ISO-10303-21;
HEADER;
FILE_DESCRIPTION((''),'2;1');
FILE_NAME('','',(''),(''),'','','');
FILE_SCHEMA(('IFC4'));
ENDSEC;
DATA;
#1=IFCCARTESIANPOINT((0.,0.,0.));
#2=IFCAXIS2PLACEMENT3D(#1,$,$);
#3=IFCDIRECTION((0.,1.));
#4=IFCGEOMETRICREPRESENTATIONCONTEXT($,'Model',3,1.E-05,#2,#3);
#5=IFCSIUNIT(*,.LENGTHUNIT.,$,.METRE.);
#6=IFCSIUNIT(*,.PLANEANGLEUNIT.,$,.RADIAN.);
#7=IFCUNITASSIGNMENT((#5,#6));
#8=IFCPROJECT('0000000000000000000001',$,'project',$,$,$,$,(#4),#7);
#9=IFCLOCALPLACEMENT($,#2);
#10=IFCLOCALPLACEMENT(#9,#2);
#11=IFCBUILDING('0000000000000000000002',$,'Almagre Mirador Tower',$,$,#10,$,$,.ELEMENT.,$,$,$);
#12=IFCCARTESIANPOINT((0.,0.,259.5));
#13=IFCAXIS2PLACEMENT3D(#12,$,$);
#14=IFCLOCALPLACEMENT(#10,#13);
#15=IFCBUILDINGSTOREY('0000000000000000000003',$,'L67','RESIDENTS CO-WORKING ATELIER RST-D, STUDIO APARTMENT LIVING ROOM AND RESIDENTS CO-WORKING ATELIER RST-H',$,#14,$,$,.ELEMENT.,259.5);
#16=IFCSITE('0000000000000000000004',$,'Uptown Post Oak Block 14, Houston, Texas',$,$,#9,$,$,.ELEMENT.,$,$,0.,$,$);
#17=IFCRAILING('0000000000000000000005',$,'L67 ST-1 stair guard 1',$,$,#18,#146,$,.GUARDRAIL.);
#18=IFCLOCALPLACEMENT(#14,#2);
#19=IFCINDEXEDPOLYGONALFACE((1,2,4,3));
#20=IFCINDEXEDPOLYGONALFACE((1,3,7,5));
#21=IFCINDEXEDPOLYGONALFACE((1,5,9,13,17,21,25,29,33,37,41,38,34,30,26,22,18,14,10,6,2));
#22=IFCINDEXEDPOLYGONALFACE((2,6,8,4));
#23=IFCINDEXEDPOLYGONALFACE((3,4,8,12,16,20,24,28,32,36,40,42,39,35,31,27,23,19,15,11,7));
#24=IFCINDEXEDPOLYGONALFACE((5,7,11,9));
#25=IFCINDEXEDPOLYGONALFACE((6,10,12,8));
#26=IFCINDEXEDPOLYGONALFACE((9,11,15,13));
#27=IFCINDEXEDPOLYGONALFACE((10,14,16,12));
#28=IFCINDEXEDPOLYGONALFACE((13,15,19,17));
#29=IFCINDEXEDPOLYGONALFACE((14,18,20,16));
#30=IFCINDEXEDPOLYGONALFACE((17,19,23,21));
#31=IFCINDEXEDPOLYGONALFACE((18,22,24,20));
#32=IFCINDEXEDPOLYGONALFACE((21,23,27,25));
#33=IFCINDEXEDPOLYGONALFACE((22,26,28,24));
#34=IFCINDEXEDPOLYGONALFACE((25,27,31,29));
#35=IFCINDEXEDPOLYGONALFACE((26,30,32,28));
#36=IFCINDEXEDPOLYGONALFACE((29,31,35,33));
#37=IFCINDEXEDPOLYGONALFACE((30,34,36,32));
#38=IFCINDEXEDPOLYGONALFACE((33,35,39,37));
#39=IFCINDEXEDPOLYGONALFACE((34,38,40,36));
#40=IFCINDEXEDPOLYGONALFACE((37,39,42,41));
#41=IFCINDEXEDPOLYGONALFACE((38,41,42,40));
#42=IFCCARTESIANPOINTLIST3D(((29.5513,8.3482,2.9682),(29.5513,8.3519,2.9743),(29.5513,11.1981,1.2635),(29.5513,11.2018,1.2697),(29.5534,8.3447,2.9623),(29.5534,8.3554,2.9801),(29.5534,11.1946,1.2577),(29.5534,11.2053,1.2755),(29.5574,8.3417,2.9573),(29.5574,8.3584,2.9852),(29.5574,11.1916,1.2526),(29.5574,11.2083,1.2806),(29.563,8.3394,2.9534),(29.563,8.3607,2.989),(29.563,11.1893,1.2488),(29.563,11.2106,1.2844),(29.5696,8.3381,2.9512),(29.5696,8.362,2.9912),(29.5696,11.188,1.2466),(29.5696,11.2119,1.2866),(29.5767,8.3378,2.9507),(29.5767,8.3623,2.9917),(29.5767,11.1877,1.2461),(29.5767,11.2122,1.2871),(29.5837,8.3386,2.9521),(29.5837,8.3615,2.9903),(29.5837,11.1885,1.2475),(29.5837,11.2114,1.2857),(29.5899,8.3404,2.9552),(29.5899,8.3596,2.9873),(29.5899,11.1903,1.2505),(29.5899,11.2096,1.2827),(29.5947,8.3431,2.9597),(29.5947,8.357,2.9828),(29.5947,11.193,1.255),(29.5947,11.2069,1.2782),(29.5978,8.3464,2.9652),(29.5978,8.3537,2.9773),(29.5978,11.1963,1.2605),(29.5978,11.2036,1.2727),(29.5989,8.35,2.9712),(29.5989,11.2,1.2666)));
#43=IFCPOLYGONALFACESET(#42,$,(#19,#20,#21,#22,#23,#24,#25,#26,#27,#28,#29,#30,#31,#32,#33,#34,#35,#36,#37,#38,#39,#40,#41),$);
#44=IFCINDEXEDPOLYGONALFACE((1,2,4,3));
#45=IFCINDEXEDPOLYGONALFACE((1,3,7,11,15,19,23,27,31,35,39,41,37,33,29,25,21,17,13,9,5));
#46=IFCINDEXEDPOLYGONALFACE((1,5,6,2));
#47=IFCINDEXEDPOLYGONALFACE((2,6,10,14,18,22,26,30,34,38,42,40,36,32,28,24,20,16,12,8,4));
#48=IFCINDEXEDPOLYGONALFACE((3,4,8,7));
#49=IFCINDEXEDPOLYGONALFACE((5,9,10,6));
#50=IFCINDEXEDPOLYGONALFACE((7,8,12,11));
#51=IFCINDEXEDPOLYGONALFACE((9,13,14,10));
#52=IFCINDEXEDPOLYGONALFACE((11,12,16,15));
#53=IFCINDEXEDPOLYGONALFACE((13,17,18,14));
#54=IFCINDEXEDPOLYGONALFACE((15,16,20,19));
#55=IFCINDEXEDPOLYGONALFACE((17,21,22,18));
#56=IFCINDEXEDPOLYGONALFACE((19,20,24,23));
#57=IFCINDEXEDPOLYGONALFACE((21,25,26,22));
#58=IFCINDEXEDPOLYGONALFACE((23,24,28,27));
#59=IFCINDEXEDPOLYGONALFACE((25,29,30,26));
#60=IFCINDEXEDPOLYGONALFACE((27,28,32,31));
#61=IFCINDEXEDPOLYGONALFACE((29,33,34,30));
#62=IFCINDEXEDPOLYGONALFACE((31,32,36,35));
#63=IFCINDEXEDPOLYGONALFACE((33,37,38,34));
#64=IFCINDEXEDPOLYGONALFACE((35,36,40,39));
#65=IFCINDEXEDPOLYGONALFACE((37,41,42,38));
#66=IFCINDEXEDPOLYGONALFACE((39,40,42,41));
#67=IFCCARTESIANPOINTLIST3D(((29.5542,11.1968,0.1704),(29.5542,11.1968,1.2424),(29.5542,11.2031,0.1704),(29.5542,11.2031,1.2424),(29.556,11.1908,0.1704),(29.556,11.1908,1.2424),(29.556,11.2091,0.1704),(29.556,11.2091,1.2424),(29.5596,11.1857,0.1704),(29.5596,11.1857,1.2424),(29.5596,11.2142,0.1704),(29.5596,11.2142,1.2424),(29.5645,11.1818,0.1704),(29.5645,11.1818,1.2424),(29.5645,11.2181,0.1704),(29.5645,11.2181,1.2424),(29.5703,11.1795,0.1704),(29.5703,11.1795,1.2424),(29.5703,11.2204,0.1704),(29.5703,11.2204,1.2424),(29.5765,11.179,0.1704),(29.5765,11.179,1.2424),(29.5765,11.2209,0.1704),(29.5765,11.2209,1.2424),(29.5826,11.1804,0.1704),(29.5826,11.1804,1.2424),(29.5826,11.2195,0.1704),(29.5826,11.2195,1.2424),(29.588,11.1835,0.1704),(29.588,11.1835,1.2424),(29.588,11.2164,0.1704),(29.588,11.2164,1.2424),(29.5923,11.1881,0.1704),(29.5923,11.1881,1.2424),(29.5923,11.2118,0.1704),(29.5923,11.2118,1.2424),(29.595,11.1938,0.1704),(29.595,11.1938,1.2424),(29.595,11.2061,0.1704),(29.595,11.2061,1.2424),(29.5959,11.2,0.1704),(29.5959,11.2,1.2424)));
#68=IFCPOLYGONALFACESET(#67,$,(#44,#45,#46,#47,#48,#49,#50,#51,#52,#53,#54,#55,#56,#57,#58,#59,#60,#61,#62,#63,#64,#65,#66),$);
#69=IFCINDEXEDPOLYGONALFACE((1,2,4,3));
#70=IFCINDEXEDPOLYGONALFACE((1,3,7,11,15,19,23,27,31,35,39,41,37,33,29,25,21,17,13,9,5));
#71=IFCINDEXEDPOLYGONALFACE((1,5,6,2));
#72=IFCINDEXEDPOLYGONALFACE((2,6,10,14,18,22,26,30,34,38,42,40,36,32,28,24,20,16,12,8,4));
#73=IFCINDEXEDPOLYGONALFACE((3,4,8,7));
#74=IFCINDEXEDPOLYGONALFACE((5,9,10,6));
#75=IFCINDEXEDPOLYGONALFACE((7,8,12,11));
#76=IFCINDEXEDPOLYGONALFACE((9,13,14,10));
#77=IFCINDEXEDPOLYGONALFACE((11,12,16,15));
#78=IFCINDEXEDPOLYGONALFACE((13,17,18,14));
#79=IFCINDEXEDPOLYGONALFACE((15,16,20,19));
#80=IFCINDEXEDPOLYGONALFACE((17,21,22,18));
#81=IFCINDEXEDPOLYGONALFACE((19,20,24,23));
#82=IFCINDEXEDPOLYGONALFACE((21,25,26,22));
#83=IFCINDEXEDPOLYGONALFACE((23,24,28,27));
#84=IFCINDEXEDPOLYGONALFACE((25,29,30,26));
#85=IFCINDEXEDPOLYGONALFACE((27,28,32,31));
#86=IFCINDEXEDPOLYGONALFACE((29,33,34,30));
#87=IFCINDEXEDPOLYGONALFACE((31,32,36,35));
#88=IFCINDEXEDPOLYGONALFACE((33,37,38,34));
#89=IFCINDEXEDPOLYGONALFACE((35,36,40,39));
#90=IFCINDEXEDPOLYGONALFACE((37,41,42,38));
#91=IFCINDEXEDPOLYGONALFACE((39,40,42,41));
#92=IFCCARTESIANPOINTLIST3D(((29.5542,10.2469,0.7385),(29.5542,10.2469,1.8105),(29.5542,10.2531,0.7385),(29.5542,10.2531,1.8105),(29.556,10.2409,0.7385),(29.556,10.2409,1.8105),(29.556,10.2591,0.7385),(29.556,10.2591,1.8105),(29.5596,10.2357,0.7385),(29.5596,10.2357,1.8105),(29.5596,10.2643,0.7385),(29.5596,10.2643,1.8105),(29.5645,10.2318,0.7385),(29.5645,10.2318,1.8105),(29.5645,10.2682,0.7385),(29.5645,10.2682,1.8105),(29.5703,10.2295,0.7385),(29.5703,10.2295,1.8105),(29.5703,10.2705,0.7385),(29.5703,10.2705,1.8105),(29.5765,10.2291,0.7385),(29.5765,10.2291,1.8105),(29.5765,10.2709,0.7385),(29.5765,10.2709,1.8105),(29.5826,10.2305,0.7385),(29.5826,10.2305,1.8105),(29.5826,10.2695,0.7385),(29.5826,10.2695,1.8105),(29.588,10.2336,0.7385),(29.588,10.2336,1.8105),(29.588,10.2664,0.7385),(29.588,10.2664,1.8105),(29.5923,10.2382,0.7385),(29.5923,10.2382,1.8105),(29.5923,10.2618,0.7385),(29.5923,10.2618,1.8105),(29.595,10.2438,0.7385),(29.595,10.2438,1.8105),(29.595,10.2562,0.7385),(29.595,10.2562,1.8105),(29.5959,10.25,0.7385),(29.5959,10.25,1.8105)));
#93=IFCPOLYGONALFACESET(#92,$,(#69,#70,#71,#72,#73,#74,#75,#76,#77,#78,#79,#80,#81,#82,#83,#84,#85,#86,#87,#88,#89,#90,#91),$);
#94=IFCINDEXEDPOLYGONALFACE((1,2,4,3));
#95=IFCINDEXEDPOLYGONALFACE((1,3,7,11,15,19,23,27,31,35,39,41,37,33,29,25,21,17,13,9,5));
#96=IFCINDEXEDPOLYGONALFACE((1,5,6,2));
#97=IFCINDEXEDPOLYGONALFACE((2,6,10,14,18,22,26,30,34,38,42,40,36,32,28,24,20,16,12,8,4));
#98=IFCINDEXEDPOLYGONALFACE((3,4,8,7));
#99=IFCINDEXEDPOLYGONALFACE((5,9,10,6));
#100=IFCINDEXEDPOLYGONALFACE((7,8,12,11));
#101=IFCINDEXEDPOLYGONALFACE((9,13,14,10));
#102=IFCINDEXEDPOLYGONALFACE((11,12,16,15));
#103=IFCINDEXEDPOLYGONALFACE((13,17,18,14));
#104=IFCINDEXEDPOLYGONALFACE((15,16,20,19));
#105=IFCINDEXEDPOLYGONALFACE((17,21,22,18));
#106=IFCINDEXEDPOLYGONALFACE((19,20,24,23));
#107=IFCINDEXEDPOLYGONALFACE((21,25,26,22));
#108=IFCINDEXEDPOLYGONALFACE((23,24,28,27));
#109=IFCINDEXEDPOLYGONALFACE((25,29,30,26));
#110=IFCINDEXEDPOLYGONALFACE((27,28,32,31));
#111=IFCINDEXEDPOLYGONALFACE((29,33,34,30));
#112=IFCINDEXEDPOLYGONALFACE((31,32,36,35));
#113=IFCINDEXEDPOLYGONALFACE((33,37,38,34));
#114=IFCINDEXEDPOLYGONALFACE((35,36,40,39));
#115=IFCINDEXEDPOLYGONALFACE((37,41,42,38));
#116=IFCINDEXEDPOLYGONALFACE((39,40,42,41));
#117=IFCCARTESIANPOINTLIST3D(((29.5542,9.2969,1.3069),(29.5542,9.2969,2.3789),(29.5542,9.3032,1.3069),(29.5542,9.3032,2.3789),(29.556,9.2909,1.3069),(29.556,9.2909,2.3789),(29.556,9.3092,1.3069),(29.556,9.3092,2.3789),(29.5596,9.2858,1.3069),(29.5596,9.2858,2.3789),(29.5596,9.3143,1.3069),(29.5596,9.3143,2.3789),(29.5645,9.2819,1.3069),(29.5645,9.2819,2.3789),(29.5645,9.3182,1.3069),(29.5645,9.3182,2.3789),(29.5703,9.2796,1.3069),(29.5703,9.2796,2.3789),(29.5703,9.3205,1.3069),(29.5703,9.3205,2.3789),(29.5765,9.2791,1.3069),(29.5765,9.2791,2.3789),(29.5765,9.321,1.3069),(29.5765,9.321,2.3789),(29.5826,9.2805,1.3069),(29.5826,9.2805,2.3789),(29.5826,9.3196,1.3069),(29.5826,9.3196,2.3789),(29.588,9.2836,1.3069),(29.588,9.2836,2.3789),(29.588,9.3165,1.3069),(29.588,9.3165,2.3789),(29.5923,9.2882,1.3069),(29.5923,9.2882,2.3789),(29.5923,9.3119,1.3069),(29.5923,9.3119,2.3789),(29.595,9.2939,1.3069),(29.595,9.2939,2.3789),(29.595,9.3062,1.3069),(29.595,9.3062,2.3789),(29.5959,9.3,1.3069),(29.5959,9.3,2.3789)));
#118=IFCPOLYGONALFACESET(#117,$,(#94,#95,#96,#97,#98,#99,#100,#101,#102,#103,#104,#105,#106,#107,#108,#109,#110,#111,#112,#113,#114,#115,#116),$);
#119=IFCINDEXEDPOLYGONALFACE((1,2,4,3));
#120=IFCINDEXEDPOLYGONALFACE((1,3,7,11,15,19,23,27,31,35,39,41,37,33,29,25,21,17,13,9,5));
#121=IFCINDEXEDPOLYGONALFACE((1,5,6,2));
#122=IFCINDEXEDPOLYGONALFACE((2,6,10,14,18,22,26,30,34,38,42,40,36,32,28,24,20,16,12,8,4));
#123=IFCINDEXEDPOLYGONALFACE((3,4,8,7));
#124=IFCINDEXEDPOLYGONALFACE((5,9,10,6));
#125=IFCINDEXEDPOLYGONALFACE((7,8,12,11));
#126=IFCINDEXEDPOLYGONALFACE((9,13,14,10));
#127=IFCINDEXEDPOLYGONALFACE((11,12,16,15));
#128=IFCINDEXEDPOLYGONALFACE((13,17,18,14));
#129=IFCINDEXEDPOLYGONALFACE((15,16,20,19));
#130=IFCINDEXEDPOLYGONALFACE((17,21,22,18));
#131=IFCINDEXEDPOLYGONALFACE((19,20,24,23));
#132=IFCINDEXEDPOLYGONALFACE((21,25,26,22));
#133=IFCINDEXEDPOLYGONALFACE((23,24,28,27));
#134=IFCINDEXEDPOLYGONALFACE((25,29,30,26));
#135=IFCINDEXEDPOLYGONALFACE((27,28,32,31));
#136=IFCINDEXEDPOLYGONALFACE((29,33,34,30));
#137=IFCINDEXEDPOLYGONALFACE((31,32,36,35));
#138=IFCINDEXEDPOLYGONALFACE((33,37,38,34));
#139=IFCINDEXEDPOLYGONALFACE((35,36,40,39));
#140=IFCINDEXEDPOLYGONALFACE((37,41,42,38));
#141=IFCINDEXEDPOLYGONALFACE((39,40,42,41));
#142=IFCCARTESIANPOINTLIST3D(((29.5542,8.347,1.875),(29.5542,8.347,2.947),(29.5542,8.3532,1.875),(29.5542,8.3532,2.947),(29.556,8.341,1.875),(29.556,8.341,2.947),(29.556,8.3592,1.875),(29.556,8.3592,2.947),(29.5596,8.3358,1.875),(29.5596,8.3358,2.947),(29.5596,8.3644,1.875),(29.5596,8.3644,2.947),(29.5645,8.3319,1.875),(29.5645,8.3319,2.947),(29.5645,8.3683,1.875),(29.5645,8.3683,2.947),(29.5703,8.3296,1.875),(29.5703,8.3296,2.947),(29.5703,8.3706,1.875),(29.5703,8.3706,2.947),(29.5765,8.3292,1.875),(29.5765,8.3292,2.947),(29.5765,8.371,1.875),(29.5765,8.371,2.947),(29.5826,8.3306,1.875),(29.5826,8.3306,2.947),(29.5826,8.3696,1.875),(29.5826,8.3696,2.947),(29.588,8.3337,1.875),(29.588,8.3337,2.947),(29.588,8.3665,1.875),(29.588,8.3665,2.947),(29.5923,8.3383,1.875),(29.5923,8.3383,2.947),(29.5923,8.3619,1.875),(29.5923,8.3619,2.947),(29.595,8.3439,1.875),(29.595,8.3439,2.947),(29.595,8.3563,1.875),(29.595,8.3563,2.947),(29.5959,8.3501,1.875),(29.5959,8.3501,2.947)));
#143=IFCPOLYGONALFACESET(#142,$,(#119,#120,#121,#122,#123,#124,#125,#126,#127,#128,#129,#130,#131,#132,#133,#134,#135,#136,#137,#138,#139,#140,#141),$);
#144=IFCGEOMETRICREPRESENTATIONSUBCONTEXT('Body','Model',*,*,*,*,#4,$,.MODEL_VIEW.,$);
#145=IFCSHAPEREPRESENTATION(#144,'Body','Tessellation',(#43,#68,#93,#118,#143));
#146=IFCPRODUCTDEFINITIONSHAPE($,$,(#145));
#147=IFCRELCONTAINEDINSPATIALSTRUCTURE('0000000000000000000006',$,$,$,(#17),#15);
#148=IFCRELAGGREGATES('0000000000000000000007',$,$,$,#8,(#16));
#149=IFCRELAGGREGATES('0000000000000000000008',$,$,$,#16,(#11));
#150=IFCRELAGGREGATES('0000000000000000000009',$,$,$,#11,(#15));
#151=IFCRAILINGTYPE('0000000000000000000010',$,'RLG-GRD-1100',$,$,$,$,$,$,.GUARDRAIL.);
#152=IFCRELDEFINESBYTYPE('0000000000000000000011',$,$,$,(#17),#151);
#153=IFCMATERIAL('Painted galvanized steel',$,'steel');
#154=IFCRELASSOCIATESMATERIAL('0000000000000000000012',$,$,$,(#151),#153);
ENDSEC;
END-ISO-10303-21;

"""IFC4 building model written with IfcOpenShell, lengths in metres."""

from ifc_helpers import new_model, si_unit, direction, frame, origin, origin_2d, place, context, subcontext, project, spatial, circle, extrude, material, type_object, element, save


model = new_model("IFC4")

# Units and contexts
model_context = context("Model", 3, precision=1e-05, world=origin(), true_north=direction((0.0, 1.0)))
body_context = subcontext(model_context, "Body", "Model", "MODEL_VIEW")
ifc_project = project(units=[si_unit("LENGTHUNIT", "METRE"), si_unit("PLANEANGLEUNIT", "RADIAN")], contexts=[model_context])

# Site, building, storey
site_placement = place(None, origin())
site = spatial("IfcSite", under=ifc_project, at=site_placement, Name="Uptown Post Oak Block 14, Houston, Texas", CompositionType="ELEMENT", RefElevation=0.0)
building_placement = place(site_placement, origin())
building = spatial("IfcBuilding", under=site, at=building_placement, Name="Almagre Mirador Tower", CompositionType="ELEMENT")
storey_placement = place(building_placement, frame((0.0, 0.0, 259.5)))
storey = spatial("IfcBuildingStorey", under=building, at=storey_placement, Name="L67", Description="RESIDENTS CO-WORKING ATELIER RST-D, STUDIO APARTMENT LIVING ROOM AND RESIDENTS CO-WORKING ATELIER RST-H", CompositionType="ELEMENT", Elevation=259.5)

# Railing
ifc_material_1 = material(Name="Painted galvanized steel", Category="steel")
railing_type_1 = type_object("IfcRailingType", Name="RLG-GRD-1100", PredefinedType="GUARDRAIL", material=ifc_material_1)
railing_1_placement = place(storey_placement, frame((29.575, 11.2, 0.1704)))
element("IfcRailing", 1, at=railing_1_placement, inside=storey, type_object=railing_type_1, Name="L67 ST-1 stair guard 1", PredefinedType="GUARDRAIL", context=body_context, shape_type="SweptSolid", body=[
    extrude(circle(Radius=0.0239, at=origin_2d()), frame((0.0, 0.0, 1.0962), z_axis=(0.0, -0.858199, 0.513317), x_axis=(1.0, 0.0, 0.0)), (0.0, 0.0, 1.0), 3.3208),
    extrude(circle(Radius=0.021, at=origin_2d()), origin(), (0.0, 0.0, 1.0), 1.072),
    extrude(circle(Radius=0.021, at=origin_2d()), frame((0.0, -0.95, 0.5681)), (0.0, 0.0, 1.0), 1.072),
    extrude(circle(Radius=0.021, at=origin_2d()), frame((0.0, -1.8999, 1.1365)), (0.0, 0.0, 1.0), 1.072),
    extrude(circle(Radius=0.021, at=origin_2d()), frame((0.0, -2.8499, 1.7046)), (0.0, 0.0, 1.0), 1.072),
])

save(model, "model.ifc")
